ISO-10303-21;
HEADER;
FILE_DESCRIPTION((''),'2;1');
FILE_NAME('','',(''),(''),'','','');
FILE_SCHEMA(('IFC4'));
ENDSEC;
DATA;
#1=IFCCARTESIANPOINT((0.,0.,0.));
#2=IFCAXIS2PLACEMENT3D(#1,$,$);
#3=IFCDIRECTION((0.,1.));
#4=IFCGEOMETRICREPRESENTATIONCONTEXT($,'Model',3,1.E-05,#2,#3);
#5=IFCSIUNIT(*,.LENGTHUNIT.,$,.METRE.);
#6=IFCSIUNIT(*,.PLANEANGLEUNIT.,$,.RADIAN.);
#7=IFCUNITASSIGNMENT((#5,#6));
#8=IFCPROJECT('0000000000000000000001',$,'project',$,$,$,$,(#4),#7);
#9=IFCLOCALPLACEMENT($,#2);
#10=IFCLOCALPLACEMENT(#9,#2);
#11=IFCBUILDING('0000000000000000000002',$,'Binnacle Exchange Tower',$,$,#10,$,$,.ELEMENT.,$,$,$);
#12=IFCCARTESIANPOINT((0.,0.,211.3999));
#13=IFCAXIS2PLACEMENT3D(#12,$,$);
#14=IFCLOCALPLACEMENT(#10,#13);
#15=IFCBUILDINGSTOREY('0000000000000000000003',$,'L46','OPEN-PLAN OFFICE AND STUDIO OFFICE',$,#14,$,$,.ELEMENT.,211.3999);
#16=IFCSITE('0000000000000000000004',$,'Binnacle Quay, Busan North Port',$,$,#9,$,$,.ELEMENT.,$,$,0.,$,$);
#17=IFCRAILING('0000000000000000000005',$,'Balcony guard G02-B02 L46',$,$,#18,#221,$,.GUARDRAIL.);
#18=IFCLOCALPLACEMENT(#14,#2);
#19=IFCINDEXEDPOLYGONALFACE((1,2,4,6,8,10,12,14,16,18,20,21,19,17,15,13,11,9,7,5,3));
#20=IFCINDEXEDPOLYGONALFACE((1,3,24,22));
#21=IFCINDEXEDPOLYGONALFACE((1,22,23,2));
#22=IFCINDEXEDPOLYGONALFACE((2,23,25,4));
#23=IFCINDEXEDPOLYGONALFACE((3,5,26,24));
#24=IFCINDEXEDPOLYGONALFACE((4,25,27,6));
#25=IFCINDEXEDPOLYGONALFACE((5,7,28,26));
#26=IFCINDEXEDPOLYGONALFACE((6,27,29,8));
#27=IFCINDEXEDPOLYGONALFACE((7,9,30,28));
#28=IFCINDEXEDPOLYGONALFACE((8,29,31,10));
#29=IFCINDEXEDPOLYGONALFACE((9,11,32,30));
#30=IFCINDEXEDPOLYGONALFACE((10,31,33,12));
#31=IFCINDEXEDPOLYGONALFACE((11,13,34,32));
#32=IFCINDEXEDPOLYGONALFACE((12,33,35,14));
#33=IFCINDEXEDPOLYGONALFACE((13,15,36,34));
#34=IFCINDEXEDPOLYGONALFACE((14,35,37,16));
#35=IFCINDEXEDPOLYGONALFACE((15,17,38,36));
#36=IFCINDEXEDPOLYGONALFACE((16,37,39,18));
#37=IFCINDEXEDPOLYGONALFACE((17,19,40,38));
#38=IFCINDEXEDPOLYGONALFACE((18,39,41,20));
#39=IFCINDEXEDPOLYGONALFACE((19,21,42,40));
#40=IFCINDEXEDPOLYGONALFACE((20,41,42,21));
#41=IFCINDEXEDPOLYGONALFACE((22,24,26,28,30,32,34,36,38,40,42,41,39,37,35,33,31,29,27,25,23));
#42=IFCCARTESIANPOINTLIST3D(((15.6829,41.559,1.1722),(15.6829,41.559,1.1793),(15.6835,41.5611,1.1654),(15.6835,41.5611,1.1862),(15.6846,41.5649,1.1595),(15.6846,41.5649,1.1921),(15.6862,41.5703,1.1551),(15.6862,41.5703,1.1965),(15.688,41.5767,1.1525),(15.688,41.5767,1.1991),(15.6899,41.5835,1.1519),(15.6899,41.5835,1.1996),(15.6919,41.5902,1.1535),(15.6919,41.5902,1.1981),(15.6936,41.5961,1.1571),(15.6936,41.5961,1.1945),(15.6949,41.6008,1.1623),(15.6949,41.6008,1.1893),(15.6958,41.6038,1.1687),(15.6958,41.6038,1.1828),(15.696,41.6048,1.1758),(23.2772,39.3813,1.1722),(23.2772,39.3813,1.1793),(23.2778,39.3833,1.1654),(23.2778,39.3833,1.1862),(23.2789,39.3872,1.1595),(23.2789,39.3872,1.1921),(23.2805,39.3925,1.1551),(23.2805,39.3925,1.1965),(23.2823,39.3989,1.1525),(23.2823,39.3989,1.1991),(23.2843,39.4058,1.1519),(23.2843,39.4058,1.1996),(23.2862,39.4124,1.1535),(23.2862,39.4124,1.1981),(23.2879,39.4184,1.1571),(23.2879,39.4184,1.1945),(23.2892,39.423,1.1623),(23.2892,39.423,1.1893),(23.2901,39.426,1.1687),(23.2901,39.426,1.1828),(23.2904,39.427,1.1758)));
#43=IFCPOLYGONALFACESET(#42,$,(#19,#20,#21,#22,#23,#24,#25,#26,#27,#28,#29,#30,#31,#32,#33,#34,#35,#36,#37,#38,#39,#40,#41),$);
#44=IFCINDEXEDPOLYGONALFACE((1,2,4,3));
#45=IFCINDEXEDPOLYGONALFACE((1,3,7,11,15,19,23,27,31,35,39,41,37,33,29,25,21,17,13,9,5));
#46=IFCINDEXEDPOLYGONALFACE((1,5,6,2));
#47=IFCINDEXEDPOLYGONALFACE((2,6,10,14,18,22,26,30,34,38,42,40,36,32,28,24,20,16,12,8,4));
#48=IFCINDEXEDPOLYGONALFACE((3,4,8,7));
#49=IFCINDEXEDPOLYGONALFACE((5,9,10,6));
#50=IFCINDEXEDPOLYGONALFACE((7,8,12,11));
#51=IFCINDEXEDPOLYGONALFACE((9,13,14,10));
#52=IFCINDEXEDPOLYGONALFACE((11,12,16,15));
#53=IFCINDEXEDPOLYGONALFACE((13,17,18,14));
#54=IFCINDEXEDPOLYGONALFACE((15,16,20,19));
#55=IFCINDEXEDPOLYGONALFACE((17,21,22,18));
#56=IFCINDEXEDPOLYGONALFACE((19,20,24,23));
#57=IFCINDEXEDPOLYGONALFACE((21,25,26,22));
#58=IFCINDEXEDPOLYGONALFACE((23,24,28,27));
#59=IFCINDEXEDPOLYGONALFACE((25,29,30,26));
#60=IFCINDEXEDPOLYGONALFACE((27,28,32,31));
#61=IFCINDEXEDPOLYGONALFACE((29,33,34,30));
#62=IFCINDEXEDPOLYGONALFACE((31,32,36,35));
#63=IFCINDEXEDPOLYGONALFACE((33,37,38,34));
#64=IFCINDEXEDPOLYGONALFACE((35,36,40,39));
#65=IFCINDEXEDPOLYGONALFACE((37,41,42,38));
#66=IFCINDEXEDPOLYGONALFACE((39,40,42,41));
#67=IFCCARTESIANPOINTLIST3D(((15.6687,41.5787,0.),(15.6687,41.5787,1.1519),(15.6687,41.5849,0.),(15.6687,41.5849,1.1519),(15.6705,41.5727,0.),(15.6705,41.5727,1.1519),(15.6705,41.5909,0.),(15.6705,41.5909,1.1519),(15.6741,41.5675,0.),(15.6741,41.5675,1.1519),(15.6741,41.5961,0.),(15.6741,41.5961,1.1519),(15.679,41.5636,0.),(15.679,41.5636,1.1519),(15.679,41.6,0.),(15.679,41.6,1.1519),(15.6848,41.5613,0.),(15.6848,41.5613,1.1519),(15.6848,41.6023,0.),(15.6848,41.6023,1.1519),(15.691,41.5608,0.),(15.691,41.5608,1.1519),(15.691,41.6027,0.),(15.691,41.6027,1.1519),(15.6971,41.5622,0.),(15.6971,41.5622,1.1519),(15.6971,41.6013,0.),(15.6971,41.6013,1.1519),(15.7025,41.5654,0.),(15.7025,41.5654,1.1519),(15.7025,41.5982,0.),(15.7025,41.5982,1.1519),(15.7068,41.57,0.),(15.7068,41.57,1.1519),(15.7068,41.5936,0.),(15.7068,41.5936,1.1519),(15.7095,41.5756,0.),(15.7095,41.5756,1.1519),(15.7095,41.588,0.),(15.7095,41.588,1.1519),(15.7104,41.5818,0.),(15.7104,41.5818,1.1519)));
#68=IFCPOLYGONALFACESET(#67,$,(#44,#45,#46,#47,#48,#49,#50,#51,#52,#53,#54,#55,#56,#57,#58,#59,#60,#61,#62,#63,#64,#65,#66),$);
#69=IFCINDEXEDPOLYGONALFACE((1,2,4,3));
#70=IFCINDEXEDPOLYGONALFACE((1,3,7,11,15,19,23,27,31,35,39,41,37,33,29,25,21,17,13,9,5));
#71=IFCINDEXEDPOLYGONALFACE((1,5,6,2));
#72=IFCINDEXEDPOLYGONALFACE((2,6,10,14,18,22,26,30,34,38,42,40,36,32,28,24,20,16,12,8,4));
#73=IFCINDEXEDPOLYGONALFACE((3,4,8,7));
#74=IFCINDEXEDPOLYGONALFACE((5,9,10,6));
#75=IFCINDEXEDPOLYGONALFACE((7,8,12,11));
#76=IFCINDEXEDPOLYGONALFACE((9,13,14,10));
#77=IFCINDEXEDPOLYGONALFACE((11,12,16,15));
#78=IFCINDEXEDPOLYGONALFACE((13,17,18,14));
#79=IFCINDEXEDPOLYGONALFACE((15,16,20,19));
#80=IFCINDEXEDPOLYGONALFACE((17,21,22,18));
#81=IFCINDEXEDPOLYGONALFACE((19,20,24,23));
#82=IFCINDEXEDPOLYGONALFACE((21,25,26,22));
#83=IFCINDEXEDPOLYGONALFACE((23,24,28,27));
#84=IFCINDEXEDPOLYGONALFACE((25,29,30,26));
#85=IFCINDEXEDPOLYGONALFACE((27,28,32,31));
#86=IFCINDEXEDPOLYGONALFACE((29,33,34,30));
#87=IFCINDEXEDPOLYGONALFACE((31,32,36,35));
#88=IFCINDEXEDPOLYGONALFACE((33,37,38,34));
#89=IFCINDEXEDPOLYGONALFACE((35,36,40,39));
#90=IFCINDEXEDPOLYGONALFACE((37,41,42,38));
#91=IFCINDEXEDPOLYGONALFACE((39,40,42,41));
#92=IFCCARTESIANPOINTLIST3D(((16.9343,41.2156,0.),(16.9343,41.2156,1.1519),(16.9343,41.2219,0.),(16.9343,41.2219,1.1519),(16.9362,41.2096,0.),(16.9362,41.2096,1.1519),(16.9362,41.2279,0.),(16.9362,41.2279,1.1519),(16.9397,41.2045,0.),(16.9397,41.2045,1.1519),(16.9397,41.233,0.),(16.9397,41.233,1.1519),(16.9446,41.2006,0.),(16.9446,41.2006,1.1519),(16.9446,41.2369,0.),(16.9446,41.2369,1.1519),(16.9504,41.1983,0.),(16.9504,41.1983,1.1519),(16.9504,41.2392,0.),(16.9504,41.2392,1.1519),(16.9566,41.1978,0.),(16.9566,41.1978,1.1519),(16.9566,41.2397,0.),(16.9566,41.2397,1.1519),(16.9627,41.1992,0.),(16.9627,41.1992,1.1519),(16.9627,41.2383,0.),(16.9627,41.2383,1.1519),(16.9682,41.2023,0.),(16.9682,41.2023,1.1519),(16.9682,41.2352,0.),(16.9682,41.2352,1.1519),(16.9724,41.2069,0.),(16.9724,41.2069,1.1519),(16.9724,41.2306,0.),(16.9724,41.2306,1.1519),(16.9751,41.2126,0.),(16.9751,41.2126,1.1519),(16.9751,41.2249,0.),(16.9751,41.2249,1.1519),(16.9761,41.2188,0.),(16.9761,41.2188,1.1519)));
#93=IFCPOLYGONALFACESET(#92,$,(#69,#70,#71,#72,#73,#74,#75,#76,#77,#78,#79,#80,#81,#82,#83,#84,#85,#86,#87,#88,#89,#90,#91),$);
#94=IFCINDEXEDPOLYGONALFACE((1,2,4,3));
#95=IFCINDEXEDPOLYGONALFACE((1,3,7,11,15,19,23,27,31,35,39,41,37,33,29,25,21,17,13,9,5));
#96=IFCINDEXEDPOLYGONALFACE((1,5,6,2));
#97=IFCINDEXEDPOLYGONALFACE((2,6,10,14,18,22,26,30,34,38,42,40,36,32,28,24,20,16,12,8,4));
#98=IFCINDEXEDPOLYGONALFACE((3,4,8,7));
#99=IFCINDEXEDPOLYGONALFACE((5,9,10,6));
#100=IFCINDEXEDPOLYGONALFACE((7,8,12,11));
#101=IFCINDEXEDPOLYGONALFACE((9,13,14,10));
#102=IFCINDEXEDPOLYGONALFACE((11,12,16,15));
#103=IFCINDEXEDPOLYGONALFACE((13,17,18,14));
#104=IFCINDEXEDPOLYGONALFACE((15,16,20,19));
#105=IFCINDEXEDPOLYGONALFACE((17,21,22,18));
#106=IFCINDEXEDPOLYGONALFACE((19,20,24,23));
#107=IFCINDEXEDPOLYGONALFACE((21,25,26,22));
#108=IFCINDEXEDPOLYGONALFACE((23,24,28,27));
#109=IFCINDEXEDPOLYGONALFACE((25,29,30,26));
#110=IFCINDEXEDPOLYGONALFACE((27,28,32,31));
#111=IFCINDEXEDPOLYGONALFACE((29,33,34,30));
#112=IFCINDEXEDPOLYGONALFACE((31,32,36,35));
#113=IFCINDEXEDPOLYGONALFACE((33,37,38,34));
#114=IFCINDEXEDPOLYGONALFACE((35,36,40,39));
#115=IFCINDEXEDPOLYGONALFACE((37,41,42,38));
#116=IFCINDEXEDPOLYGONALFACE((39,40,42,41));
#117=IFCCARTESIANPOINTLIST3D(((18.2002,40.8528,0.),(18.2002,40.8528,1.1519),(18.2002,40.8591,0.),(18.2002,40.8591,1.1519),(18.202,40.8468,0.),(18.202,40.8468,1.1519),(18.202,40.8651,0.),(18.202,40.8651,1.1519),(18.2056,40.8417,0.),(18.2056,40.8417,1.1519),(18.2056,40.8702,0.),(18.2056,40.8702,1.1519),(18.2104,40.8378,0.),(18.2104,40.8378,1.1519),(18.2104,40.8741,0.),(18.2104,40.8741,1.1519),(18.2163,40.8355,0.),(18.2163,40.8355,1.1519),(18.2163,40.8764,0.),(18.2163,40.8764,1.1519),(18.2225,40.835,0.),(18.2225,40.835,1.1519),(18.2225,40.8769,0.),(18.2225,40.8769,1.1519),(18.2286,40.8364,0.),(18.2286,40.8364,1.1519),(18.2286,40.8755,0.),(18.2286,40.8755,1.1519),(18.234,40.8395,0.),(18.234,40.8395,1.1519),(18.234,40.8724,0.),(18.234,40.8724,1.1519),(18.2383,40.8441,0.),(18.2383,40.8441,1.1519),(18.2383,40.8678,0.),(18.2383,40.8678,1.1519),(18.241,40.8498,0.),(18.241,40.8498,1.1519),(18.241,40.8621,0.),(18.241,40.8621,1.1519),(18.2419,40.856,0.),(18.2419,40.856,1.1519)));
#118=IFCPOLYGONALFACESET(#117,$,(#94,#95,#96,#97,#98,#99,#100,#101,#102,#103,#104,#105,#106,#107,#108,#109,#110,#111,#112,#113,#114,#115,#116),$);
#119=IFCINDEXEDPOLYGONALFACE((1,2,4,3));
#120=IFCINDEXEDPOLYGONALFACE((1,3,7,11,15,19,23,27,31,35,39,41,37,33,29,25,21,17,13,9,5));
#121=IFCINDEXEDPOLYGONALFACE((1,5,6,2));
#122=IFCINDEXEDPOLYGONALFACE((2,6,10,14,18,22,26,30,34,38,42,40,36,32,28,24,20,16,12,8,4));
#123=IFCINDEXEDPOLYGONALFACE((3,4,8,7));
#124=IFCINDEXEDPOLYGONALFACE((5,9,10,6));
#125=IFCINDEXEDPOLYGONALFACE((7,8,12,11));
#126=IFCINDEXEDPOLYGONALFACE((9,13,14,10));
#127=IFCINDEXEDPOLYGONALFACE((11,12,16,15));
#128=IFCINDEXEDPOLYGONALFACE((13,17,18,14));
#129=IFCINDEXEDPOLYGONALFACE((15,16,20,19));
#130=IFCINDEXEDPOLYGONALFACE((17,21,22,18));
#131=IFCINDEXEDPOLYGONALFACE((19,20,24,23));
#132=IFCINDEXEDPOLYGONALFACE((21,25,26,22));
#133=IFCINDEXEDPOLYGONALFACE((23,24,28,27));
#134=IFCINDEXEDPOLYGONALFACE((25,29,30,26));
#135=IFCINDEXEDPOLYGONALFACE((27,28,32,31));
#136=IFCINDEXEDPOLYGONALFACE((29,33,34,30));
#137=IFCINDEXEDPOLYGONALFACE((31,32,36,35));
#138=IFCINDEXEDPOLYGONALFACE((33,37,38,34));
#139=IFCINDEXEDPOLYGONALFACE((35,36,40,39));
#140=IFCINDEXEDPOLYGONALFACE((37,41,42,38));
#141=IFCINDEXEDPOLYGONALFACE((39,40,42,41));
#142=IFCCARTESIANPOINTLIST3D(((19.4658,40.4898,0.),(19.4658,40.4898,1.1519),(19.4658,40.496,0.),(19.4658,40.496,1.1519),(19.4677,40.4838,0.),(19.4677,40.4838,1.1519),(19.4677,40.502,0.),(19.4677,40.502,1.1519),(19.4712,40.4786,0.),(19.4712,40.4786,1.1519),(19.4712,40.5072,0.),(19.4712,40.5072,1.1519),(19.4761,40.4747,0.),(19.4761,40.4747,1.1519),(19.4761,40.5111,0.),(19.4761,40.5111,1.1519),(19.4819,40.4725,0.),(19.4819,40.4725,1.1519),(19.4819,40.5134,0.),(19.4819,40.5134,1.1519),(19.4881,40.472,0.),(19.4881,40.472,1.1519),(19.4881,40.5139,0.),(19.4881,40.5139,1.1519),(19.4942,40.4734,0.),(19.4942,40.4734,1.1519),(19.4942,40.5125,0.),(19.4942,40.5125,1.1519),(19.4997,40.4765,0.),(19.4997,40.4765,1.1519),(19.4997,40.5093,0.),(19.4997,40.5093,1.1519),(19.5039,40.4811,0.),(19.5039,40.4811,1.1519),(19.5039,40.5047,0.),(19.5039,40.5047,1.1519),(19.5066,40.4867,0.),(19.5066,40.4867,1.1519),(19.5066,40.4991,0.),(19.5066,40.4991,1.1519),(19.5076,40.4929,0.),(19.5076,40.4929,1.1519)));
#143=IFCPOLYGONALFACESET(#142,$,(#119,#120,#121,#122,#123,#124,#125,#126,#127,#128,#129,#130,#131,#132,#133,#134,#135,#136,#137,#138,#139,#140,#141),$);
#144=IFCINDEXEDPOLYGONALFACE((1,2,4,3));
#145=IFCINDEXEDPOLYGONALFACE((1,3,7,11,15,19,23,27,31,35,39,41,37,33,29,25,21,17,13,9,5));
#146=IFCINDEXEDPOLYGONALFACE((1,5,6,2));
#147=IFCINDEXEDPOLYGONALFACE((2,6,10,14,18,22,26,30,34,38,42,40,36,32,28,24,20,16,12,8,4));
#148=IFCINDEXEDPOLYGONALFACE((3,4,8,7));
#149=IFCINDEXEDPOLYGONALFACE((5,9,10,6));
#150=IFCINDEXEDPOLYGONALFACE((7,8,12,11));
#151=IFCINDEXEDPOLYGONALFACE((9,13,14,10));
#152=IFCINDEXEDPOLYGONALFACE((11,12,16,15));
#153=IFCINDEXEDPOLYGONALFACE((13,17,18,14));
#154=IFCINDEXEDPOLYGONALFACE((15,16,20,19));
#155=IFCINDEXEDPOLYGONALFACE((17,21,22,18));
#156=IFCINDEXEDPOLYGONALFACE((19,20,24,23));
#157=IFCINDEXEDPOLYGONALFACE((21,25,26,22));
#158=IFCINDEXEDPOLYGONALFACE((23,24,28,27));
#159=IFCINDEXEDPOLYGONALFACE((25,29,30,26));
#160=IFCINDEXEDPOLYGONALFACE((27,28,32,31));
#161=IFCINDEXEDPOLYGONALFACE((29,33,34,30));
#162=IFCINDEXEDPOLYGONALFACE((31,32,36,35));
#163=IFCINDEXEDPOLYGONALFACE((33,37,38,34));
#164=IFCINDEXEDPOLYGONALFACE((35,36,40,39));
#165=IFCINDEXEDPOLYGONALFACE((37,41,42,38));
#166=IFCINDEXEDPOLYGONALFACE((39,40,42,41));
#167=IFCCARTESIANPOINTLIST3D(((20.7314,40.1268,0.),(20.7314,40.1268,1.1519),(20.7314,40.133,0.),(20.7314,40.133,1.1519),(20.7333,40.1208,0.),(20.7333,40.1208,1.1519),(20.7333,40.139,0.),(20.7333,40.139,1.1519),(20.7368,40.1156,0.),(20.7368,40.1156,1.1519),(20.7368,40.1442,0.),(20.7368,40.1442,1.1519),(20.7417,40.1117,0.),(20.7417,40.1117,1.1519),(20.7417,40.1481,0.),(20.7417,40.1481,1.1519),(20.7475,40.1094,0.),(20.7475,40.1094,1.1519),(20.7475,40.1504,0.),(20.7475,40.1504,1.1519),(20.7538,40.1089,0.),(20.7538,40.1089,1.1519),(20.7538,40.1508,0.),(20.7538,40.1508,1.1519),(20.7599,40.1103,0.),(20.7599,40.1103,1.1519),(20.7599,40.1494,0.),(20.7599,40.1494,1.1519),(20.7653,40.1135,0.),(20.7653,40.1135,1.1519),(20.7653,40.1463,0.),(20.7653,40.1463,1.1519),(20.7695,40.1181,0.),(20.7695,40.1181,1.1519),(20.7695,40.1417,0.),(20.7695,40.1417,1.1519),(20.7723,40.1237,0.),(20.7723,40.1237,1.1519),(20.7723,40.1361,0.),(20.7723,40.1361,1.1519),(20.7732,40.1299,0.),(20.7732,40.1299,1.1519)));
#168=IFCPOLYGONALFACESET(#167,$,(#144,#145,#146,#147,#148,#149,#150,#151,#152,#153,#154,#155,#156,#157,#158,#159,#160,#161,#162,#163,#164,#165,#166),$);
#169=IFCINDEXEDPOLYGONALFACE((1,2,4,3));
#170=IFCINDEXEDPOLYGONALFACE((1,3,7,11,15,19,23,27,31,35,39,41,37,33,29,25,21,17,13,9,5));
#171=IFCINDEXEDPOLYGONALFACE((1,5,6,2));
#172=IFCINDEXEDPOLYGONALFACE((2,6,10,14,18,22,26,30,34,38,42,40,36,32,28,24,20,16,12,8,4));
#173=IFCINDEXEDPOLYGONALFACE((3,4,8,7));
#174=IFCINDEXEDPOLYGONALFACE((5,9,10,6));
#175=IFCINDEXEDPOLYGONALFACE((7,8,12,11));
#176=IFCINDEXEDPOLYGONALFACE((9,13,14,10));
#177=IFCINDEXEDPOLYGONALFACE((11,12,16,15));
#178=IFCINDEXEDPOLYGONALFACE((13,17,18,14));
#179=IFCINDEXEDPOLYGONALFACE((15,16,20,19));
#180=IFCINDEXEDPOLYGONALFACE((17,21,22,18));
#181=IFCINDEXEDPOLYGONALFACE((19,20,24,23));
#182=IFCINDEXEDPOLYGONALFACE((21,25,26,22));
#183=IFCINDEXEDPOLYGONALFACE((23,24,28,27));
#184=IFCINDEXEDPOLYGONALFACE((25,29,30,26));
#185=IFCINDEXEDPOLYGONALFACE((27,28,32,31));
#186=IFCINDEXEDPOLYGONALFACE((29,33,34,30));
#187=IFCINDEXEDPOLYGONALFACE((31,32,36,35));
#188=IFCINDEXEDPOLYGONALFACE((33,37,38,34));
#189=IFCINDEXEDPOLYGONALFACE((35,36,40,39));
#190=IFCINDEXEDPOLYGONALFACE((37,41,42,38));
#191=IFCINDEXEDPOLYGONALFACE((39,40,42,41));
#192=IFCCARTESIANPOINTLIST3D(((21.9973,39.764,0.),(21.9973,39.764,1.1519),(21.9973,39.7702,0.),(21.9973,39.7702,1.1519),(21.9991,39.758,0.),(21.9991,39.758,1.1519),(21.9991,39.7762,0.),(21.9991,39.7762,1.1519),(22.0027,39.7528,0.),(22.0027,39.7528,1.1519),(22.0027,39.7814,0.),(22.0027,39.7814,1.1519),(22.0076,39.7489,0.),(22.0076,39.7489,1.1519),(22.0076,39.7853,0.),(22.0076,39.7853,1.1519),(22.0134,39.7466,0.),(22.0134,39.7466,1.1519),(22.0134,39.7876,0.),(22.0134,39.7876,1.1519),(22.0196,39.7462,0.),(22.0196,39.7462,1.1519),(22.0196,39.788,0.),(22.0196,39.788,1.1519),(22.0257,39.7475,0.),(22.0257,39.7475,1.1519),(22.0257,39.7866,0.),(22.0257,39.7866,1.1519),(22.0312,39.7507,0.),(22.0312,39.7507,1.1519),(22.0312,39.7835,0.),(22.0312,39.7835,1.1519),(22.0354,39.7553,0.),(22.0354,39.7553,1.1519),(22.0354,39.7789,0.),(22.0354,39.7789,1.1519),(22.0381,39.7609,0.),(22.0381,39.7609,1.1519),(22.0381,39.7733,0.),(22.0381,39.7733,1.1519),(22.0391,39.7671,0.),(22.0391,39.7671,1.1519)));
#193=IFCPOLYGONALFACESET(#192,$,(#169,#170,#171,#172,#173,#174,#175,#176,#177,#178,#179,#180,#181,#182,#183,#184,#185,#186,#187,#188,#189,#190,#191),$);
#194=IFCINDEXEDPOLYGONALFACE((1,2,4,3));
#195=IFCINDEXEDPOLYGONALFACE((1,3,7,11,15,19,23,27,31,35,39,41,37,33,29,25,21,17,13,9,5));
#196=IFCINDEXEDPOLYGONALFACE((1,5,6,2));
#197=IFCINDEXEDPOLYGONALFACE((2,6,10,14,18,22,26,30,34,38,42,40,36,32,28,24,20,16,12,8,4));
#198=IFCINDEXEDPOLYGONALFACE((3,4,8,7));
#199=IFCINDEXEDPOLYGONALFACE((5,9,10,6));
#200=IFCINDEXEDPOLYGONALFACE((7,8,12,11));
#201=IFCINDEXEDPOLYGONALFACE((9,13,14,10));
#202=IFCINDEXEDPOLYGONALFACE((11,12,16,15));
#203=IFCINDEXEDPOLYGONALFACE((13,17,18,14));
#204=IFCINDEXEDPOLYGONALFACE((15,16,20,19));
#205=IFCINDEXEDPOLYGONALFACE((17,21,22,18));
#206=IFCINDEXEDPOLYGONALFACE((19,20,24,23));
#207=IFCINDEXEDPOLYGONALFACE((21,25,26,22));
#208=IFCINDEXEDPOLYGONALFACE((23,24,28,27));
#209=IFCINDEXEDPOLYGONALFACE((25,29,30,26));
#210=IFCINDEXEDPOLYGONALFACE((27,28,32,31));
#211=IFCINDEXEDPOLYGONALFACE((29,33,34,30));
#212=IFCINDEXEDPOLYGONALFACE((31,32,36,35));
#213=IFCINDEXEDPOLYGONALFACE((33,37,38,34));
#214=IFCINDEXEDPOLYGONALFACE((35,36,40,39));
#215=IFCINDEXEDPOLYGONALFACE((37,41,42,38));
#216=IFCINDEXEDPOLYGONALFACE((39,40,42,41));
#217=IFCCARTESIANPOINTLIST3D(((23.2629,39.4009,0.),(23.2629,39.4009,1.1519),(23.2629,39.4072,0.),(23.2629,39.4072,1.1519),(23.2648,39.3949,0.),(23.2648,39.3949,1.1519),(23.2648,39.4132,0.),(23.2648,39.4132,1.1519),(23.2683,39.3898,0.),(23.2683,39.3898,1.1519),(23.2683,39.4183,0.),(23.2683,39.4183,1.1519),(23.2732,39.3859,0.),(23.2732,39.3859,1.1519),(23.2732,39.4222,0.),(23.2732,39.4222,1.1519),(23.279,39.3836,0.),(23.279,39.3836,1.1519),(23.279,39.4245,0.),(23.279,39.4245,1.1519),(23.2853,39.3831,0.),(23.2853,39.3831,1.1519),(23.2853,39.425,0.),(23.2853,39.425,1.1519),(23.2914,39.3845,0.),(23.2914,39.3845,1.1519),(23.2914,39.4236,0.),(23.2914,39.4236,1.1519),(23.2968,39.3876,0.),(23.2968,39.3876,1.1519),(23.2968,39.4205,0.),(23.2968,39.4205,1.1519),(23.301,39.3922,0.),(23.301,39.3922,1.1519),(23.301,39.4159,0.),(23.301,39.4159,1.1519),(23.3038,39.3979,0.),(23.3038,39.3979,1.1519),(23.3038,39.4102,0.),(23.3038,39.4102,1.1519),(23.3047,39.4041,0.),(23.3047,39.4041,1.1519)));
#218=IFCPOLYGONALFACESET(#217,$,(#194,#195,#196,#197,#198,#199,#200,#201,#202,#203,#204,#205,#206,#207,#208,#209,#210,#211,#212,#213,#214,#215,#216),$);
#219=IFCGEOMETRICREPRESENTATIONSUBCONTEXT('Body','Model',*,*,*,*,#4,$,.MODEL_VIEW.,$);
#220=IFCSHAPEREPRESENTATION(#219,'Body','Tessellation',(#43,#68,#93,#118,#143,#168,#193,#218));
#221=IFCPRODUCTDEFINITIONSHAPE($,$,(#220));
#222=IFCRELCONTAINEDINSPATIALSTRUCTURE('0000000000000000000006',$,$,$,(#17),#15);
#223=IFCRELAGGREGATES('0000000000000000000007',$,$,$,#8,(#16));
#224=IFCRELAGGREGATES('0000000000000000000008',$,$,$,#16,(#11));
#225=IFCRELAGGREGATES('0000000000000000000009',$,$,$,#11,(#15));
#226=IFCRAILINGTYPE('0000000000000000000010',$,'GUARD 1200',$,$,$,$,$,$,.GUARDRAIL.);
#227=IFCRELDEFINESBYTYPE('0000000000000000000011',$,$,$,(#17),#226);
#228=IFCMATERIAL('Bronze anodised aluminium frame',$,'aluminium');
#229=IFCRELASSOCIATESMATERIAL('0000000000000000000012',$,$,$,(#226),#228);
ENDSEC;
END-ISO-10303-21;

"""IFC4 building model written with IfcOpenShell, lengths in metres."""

from ifc_helpers import new_model, si_unit, direction, frame, origin, origin_2d, place, context, subcontext, project, spatial, circle, extrude, material, type_object, element, save


model = new_model("IFC4")

# Units and contexts
model_context = context("Model", 3, precision=1e-05, world=origin(), true_north=direction((0.0, 1.0)))
body_context = subcontext(model_context, "Body", "Model", "MODEL_VIEW")
ifc_project = project(units=[si_unit("LENGTHUNIT", "METRE"), si_unit("PLANEANGLEUNIT", "RADIAN")], contexts=[model_context])

# Site, building, storey
site_placement = place(None, origin())
site = spatial("IfcSite", under=ifc_project, at=site_placement, Name="Binnacle Quay, Busan North Port", CompositionType="ELEMENT", RefElevation=0.0)
building_placement = place(site_placement, origin())
building = spatial("IfcBuilding", under=site, at=building_placement, Name="Binnacle Exchange Tower", CompositionType="ELEMENT")
storey_placement = place(building_placement, frame((0.0, 0.0, 211.3999)))
storey = spatial("IfcBuildingStorey", under=building, at=storey_placement, Name="L46", Description="OPEN-PLAN OFFICE AND STUDIO OFFICE", CompositionType="ELEMENT", Elevation=211.3999)

# Shared definitions
ifc_material_1 = material(Name="Bronze anodised aluminium frame", Category="aluminium")

# Railing
railing_type = type_object("IfcRailingType", Name="GUARD 1200", PredefinedType="GUARDRAIL", material=ifc_material_1)
railing_1_placement = place(storey_placement, frame((15.6895, 41.5818, 0.0)))
element("IfcRailing", 1, at=railing_1_placement, inside=storey, type_object=railing_type, Name="Balcony guard G02-B02 L46", PredefinedType="GUARDRAIL", context=body_context, shape_type="SweptSolid", body=[
    extrude(circle(Radius=0.0239, at=origin_2d()), frame((0.0, 0.0, 1.1758), z_axis=(0.961258, -0.275652, 0.0), x_axis=(0.275652, 0.961258, 0.0)), (0.0, 0.0, 1.0), 7.9004),
    extrude(circle(Radius=0.021, at=origin_2d()), origin(), (0.0, 0.0, 1.0), 1.1519),
    extrude(circle(Radius=0.021, at=origin_2d()), frame((1.2656, -0.363, 0.0)), (0.0, 0.0, 1.0), 1.1519),
    extrude(circle(Radius=0.021, at=origin_2d()), frame((2.5315, -0.7258, 0.0)), (0.0, 0.0, 1.0), 1.1519),
    extrude(circle(Radius=0.021, at=origin_2d()), frame((3.7971, -1.0889, 0.0)), (0.0, 0.0, 1.0), 1.1519),
    extrude(circle(Radius=0.021, at=origin_2d()), frame((5.0627, -1.4519, 0.0)), (0.0, 0.0, 1.0), 1.1519),
    extrude(circle(Radius=0.021, at=origin_2d()), frame((6.3286, -1.8147, 0.0)), (0.0, 0.0, 1.0), 1.1519),
    extrude(circle(Radius=0.021, at=origin_2d()), frame((7.5942, -2.1777, 0.0)), (0.0, 0.0, 1.0), 1.1519),
])

save(model, "model.ifc")
